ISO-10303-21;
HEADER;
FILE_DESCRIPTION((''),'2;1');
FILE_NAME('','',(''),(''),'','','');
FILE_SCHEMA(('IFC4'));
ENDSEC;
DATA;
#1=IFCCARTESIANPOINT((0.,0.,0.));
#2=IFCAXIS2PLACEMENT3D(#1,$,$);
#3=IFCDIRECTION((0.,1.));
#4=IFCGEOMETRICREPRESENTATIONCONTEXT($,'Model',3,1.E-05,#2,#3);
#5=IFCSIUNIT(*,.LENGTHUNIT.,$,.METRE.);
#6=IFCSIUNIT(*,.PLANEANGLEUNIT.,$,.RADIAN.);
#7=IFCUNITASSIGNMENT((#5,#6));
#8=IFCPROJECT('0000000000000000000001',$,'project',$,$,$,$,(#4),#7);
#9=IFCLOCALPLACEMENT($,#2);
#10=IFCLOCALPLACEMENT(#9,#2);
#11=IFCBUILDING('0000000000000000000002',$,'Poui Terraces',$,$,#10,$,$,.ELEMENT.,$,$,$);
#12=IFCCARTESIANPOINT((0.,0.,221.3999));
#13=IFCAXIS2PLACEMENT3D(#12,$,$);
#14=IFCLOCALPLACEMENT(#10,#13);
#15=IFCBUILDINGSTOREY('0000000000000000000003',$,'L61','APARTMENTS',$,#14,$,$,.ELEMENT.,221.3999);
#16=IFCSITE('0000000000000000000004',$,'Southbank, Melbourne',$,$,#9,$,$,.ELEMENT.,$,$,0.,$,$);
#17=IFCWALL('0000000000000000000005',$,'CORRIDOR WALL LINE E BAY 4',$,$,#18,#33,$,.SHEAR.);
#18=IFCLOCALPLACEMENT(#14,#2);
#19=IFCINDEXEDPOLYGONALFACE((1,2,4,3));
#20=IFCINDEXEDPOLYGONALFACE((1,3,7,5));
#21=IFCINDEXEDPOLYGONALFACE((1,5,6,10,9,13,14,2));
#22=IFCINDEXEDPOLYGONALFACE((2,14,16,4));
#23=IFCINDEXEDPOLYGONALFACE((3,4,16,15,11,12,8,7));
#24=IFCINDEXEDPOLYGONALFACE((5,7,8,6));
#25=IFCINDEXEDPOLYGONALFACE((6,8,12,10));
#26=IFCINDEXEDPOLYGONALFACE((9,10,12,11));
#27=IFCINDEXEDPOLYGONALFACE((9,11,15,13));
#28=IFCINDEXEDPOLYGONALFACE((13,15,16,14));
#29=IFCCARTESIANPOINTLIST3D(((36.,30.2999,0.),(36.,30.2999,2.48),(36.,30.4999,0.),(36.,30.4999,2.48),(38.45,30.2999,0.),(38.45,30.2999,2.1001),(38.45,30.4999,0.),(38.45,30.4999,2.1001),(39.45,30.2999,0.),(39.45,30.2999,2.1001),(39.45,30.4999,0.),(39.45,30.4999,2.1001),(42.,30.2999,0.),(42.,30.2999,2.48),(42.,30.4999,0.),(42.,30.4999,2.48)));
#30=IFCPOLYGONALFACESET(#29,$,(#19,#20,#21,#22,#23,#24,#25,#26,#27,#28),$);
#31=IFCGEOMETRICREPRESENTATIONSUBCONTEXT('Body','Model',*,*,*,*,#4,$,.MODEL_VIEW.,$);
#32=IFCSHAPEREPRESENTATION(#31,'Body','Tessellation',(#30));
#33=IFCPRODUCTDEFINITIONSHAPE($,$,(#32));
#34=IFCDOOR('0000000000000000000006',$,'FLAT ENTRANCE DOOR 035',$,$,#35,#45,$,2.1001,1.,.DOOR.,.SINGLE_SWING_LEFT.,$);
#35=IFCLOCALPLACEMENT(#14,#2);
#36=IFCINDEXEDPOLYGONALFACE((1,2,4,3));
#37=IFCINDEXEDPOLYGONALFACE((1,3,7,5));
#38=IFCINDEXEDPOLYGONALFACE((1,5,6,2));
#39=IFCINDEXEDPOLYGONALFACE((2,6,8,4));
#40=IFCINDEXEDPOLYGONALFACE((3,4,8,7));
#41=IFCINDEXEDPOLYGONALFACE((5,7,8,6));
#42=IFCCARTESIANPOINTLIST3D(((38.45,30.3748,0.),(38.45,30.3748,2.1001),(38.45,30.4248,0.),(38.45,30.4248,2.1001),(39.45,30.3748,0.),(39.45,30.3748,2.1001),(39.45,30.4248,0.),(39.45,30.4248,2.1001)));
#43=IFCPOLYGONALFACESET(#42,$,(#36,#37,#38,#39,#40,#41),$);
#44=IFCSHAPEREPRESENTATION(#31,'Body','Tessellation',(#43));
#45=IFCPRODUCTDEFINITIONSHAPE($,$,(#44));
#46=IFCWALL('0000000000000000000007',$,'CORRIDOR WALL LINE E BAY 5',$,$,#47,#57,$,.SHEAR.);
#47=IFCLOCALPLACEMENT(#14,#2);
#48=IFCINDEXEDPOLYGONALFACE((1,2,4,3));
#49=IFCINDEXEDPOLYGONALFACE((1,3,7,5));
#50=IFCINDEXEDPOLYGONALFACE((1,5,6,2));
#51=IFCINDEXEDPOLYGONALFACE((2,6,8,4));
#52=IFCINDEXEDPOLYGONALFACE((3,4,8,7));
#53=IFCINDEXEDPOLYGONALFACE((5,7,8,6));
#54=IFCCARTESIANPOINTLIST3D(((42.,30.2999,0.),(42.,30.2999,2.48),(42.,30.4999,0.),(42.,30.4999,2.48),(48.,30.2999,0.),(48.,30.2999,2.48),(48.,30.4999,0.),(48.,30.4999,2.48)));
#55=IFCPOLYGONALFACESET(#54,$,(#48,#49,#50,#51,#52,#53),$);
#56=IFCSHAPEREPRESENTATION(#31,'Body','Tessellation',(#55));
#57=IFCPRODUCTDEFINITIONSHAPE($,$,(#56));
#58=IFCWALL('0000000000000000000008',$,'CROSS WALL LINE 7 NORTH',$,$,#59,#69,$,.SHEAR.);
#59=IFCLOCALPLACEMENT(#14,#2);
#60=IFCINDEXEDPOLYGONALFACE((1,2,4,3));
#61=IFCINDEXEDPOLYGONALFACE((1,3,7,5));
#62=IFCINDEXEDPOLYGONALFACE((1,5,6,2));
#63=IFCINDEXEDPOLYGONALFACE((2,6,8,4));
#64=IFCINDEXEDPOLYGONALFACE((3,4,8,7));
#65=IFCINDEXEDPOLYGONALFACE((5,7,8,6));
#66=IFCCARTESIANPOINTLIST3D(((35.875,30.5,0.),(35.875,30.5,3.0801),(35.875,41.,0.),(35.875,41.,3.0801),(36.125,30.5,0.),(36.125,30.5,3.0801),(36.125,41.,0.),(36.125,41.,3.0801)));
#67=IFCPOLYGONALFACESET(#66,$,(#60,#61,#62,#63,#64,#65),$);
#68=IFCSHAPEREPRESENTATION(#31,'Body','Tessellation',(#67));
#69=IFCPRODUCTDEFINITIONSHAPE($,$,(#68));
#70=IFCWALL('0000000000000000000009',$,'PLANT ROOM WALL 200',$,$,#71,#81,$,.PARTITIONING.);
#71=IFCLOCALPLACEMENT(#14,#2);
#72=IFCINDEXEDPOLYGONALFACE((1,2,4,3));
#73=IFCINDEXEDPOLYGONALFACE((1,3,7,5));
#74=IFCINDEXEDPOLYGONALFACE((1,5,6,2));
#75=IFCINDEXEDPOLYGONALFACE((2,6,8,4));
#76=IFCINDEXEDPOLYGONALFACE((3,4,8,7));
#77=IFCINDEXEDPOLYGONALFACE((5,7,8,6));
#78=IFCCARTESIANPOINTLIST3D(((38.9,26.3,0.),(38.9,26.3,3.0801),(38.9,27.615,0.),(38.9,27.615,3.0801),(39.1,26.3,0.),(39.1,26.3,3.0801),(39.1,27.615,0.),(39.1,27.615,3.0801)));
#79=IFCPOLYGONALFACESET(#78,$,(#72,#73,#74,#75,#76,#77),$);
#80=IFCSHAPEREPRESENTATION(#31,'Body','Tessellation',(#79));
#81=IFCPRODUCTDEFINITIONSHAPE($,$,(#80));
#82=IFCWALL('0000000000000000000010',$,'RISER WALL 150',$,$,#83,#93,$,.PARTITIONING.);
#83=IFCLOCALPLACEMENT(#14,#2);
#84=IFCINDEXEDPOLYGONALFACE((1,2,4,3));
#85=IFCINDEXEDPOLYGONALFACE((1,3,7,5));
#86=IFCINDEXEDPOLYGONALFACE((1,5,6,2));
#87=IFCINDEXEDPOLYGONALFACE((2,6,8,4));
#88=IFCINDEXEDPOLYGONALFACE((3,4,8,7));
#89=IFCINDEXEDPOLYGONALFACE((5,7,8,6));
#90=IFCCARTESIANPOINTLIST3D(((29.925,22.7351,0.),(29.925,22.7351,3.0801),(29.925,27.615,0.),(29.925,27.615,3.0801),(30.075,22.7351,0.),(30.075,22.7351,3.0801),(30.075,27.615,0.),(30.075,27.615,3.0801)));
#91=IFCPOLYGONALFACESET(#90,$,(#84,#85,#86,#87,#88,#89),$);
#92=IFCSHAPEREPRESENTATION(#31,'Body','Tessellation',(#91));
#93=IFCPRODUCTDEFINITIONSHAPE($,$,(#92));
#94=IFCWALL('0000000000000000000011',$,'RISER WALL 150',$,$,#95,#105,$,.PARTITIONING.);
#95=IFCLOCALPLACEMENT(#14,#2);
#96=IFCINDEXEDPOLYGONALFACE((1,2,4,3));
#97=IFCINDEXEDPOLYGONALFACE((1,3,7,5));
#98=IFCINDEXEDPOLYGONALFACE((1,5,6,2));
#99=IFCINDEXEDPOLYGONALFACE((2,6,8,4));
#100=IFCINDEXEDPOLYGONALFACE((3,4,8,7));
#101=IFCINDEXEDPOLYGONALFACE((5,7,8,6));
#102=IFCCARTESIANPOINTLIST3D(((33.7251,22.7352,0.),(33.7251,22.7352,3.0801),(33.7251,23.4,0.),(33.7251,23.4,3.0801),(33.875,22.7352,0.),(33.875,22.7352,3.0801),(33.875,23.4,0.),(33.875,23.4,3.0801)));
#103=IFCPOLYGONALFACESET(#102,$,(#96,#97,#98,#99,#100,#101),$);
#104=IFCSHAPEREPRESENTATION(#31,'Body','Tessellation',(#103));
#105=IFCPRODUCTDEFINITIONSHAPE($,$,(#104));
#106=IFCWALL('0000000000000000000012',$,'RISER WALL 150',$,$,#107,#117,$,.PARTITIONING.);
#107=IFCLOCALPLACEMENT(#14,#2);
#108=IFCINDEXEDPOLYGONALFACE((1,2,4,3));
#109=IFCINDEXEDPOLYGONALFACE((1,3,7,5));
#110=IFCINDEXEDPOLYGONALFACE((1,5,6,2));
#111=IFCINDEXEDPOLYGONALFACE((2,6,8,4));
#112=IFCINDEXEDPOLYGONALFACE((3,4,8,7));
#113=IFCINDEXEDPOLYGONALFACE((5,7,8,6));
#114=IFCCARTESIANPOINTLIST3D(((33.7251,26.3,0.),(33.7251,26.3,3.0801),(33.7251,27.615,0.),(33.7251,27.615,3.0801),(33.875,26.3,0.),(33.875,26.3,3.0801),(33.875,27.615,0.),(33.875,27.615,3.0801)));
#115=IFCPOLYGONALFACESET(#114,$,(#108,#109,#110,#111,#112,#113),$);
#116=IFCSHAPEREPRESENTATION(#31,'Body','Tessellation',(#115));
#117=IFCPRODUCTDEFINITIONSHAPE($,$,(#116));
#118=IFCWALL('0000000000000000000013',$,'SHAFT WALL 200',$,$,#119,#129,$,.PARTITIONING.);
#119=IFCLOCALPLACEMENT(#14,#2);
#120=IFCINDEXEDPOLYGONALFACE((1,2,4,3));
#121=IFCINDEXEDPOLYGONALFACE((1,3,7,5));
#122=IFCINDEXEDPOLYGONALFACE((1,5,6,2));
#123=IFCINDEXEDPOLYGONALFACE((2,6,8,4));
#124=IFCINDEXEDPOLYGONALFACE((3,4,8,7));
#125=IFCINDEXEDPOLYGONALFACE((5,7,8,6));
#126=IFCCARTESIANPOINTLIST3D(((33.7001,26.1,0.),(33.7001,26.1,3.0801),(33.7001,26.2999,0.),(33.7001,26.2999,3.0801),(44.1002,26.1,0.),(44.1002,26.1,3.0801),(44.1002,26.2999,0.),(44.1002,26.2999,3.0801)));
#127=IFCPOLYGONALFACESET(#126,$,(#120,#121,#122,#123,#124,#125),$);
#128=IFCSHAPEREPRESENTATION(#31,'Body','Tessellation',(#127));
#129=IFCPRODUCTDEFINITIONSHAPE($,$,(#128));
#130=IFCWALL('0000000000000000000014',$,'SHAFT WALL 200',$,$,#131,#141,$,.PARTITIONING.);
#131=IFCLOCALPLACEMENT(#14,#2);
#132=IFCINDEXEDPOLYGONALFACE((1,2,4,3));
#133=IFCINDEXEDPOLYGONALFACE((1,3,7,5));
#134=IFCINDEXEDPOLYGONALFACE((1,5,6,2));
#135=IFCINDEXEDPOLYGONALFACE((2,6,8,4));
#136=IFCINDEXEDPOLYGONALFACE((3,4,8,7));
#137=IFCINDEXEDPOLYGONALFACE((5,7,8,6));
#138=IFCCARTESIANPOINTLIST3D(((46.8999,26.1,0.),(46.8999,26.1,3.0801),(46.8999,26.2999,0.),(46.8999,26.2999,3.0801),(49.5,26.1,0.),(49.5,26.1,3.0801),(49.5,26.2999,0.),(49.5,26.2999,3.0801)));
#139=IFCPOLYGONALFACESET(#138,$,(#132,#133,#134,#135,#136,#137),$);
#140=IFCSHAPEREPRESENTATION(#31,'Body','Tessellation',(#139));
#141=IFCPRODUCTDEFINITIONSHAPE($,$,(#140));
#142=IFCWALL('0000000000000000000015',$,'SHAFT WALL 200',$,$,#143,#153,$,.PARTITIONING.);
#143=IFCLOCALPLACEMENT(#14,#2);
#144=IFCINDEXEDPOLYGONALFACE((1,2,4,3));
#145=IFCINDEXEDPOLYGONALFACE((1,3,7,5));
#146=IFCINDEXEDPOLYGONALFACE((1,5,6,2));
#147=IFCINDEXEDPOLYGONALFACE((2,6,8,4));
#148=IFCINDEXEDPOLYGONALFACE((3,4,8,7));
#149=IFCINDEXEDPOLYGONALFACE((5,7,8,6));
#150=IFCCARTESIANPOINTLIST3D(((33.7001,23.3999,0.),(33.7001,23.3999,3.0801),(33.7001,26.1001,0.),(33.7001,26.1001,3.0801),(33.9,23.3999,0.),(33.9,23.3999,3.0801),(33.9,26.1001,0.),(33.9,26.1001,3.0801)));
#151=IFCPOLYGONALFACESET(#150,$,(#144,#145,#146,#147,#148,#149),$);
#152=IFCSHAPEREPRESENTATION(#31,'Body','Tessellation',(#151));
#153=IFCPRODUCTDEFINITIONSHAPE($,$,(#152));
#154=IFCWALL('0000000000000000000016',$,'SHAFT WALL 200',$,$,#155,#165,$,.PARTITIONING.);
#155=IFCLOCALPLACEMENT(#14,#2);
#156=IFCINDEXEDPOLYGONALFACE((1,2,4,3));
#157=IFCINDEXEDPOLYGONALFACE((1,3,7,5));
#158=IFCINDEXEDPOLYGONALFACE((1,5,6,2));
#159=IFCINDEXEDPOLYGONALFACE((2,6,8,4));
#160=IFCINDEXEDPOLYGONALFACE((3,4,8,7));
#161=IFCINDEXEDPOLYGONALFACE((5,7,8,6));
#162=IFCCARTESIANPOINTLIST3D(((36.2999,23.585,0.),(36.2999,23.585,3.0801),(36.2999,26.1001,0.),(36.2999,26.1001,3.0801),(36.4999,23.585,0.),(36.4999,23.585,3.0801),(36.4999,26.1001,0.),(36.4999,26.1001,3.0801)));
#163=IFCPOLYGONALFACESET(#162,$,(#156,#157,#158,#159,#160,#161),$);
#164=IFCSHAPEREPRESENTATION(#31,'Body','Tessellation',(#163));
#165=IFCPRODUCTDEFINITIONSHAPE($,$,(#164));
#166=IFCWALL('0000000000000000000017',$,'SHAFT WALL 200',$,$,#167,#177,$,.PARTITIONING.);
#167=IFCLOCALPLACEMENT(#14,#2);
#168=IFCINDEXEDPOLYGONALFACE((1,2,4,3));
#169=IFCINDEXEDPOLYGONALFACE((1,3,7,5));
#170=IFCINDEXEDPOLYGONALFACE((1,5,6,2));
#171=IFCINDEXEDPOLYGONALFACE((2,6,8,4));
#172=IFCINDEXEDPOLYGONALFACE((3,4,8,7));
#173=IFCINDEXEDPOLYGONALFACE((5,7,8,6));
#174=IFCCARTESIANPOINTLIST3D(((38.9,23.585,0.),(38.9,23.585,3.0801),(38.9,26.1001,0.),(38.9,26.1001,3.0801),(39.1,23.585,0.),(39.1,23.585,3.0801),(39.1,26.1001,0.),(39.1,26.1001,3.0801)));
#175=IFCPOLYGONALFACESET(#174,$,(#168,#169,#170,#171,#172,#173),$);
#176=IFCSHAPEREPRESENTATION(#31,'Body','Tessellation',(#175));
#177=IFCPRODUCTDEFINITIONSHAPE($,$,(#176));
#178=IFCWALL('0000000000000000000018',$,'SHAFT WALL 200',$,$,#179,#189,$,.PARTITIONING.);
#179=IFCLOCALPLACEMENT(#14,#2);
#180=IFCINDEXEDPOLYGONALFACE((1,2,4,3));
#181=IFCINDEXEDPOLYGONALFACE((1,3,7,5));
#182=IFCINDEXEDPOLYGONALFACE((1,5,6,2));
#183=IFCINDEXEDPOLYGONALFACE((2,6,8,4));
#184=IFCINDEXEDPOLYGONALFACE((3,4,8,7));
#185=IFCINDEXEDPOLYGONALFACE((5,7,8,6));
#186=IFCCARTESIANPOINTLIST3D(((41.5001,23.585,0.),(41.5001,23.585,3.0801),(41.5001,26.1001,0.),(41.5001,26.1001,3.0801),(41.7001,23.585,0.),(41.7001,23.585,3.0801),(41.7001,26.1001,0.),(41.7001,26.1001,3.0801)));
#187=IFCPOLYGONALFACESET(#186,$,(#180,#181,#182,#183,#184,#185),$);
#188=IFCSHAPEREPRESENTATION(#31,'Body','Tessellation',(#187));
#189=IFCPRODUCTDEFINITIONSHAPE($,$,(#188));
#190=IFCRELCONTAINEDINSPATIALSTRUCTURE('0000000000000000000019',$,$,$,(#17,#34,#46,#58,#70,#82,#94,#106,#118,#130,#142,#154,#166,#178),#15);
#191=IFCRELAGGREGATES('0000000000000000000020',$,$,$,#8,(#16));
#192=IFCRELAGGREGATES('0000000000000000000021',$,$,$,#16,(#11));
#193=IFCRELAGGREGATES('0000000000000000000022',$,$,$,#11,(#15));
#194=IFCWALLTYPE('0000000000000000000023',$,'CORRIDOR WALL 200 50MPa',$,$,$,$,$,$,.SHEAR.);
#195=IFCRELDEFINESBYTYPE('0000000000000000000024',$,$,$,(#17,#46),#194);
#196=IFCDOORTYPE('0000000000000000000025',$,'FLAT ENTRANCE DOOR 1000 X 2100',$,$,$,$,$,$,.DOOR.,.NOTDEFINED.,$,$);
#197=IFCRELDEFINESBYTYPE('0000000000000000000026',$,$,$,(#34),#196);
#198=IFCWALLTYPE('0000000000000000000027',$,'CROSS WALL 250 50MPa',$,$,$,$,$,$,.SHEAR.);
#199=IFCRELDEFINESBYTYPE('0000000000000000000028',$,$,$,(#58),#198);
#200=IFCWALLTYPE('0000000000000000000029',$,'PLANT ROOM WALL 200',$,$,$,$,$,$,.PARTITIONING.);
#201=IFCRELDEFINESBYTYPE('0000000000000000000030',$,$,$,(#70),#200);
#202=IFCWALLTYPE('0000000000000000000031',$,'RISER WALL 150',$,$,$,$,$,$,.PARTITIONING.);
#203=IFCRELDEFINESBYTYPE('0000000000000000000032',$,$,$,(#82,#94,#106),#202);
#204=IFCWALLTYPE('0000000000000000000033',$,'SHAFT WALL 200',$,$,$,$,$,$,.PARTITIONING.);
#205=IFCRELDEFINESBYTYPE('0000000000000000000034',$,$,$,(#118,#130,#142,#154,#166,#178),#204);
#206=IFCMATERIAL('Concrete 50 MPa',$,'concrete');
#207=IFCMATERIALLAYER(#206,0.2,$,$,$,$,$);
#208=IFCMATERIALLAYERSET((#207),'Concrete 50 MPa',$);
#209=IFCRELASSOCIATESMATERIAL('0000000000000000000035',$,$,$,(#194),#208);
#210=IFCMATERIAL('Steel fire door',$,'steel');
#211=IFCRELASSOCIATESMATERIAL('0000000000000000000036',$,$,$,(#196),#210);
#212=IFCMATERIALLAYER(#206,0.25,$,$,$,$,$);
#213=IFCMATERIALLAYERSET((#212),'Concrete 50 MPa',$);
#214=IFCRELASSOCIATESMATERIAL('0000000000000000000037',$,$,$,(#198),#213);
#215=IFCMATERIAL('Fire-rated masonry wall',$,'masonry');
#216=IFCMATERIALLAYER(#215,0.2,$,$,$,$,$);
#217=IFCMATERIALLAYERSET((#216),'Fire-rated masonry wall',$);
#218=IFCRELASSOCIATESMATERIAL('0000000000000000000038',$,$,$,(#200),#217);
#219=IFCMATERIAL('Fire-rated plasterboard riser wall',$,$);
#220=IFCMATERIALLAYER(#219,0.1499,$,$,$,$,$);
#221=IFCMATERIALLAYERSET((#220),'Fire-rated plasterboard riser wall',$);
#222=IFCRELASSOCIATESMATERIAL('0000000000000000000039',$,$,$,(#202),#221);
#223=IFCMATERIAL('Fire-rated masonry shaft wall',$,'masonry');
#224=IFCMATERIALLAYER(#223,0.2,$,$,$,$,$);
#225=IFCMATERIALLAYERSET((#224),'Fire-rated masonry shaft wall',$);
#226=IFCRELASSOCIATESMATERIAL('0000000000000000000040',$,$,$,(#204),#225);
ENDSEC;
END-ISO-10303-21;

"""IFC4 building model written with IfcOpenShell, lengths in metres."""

from ifc_helpers import new_model, si_unit, direction, frame, frame_2d, origin, place, context, subcontext, project, spatial, rectangle, extrude, material, layer, layer_set, type_object, element, fill, save


model = new_model("IFC4")

# Units and contexts
model_context = context("Model", 3, precision=1e-05, world=origin(), true_north=direction((0.0, 1.0)))
body_context = subcontext(model_context, "Body", "Model", "MODEL_VIEW")
ifc_project = project(units=[si_unit("LENGTHUNIT", "METRE"), si_unit("PLANEANGLEUNIT", "RADIAN")], contexts=[model_context])

# Site, building, storey
site_placement = place(None, origin())
site = spatial("IfcSite", under=ifc_project, at=site_placement, Name="Southbank, Melbourne", CompositionType="ELEMENT", RefElevation=0.0)
building_placement = place(site_placement, origin())
building = spatial("IfcBuilding", under=site, at=building_placement, Name="Poui Terraces", CompositionType="ELEMENT")
storey_placement = place(building_placement, frame((0.0, 0.0, 221.3999)))
storey = spatial("IfcBuildingStorey", under=building, at=storey_placement, Name="L61", Description="APARTMENTS", CompositionType="ELEMENT", Elevation=221.3999)

# Shared definitions
ifc_material_1 = material(Name="Concrete 50 MPa", Category="concrete")

# Shared definitions
ifc_material_2 = material(Name="Steel fire door", Category="steel")

# Wall, opening, door
ifc_layer_1 = layer(ifc_material_1, 0.2)
ifc_layer_set_1 = layer_set([ifc_layer_1], Name="Concrete 50 MPa")
wall_type_1 = type_object("IfcWallType", Name="CORRIDOR WALL 200 50MPa", PredefinedType="SHEAR", material=ifc_layer_set_1)
wall_1_placement = place(storey_placement, frame((36.0, 30.3999, 0.0), z_axis=(0.0, 0.0, 1.0), x_axis=(1.0, 0.0, 0.0)))
wall_1 = element("IfcWall", 1, at=wall_1_placement, inside=storey, type_object=wall_type_1, Name="CORRIDOR WALL LINE E BAY 4", PredefinedType="SHEAR", context=body_context, shape_type="SweptSolid", body=[
    extrude(rectangle(XDim=6.0, YDim=0.2, at=frame_2d((3.0, 0.0))), origin(), (0.0, 0.0, 1.0), 2.48),
])
opening_1_placement = place(wall_1_placement, frame((2.45, 0.0, 0.0)))
opening_1 = element("IfcOpeningElement", 2, at=opening_1_placement, cuts=wall_1, PredefinedType="OPENING", context=body_context, shape_type="SweptSolid", body=[
    extrude(rectangle(XDim=1.0, YDim=2.1001, at=frame_2d((0.5, 1.05))), frame((0.0, 0.1099, 0.0), z_axis=(0.0, -1.0, 0.0), x_axis=(1.0, 0.0, 0.0)), (0.0, 0.0, 1.0), 0.22),
])
door_type_1 = type_object("IfcDoorType", Name="FLAT ENTRANCE DOOR 1000 X 2100", OperationType="NOTDEFINED", PredefinedType="DOOR", material=ifc_material_2)
door_1_placement = place(opening_1_placement, origin())
door_1 = element("IfcDoor", 3, at=door_1_placement, inside=storey, type_object=door_type_1, Name="FLAT ENTRANCE DOOR 035", OperationType="SINGLE_SWING_LEFT", OverallHeight=2.1001, OverallWidth=1.0, PredefinedType="DOOR", context=body_context, shape_type="SweptSolid", body=[
    extrude(rectangle(XDim=1.0, YDim=2.1001, at=frame_2d((0.5, 1.05))), frame((0.0, 0.0249, 0.0), z_axis=(0.0, -1.0, 0.0), x_axis=(1.0, 0.0, 0.0)), (0.0, 0.0, 1.0), 0.05),
])
fill(opening_1, door_1)

# Walls
wall_2_placement = place(storey_placement, frame((42.0, 30.3999, 0.0), z_axis=(0.0, 0.0, 1.0), x_axis=(1.0, 0.0, 0.0)))
element("IfcWall", 4, at=wall_2_placement, inside=storey, type_object=wall_type_1, Name="CORRIDOR WALL LINE E BAY 5", PredefinedType="SHEAR", context=body_context, shape_type="SweptSolid", body=[
    extrude(rectangle(XDim=6.0, YDim=0.2, at=frame_2d((3.0, 0.0))), origin(), (0.0, 0.0, 1.0), 2.48),
])
ifc_layer_2 = layer(ifc_material_1, 0.25)
ifc_layer_set_2 = layer_set([ifc_layer_2], Name="Concrete 50 MPa")
wall_type_2 = type_object("IfcWallType", Name="CROSS WALL 250 50MPa", PredefinedType="SHEAR", material=ifc_layer_set_2)
wall_3_placement = place(storey_placement, frame((36.0, 30.5, 0.0), z_axis=(0.0, 0.0, 1.0), x_axis=(0.0, 1.0, 0.0)))
element("IfcWall", 5, at=wall_3_placement, inside=storey, type_object=wall_type_2, Name="CROSS WALL LINE 7 NORTH", PredefinedType="SHEAR", context=body_context, shape_type="SweptSolid", body=[
    extrude(rectangle(XDim=10.5, YDim=0.25, at=frame_2d((5.25, 0.0))), origin(), (0.0, 0.0, 1.0), 3.0801),
])
ifc_material_3 = material(Name="Fire-rated masonry wall", Category="masonry")
ifc_layer_3 = layer(ifc_material_3, 0.2)
ifc_layer_set_3 = layer_set([ifc_layer_3], Name="Fire-rated masonry wall")
wall_type_3 = type_object("IfcWallType", Name="PLANT ROOM WALL 200", PredefinedType="PARTITIONING", material=ifc_layer_set_3)
wall_4_placement = place(storey_placement, frame((39.0, 26.3, 0.0), z_axis=(0.0, 0.0, 1.0), x_axis=(0.0, 1.0, 0.0)))
element("IfcWall", 6, at=wall_4_placement, inside=storey, type_object=wall_type_3, Name="PLANT ROOM WALL 200", PredefinedType="PARTITIONING", context=body_context, shape_type="SweptSolid", body=[
    extrude(rectangle(XDim=1.3149, YDim=0.2, at=frame_2d((0.6575, 0.0))), origin(), (0.0, 0.0, 1.0), 3.0801),
])
ifc_material_4 = material(Name="Fire-rated plasterboard riser wall")
ifc_layer_4 = layer(ifc_material_4, 0.1499)
ifc_layer_set_4 = layer_set([ifc_layer_4], Name="Fire-rated plasterboard riser wall")
wall_type_4 = type_object("IfcWallType", Name="RISER WALL 150", PredefinedType="PARTITIONING", material=ifc_layer_set_4)
wall_5_placement = place(storey_placement, frame((30.0, 22.7351, 0.0), z_axis=(0.0, 0.0, 1.0), x_axis=(0.0, 1.0, 0.0)))
element("IfcWall", 7, at=wall_5_placement, inside=storey, type_object=wall_type_4, Name="RISER WALL 150", PredefinedType="PARTITIONING", context=body_context, shape_type="SweptSolid", body=[
    extrude(rectangle(XDim=4.8799, YDim=0.1499, at=frame_2d((2.4399, 0.0))), origin(), (0.0, 0.0, 1.0), 3.0801),
])
wall_6_placement = place(storey_placement, frame((33.8, 22.7351, 0.0), z_axis=(0.0, 0.0, 1.0), x_axis=(0.0, 1.0, 0.0)))
element("IfcWall", 8, at=wall_6_placement, inside=storey, type_object=wall_type_4, Name="RISER WALL 150", PredefinedType="PARTITIONING", context=body_context, shape_type="SweptSolid", body=[
    extrude(rectangle(XDim=0.6648, YDim=0.1499, at=frame_2d((0.3325, 0.0))), origin(), (0.0, 0.0, 1.0), 3.0801),
])
wall_7_placement = place(storey_placement, frame((33.8, 26.3, 0.0), z_axis=(0.0, 0.0, 1.0), x_axis=(0.0, 1.0, 0.0)))
element("IfcWall", 9, at=wall_7_placement, inside=storey, type_object=wall_type_4, Name="RISER WALL 150", PredefinedType="PARTITIONING", context=body_context, shape_type="SweptSolid", body=[
    extrude(rectangle(XDim=1.3149, YDim=0.1499, at=frame_2d((0.6575, 0.0))), origin(), (0.0, 0.0, 1.0), 3.0801),
])
ifc_material_5 = material(Name="Fire-rated masonry shaft wall", Category="masonry")
ifc_layer_5 = layer(ifc_material_5, 0.2)
ifc_layer_set_5 = layer_set([ifc_layer_5], Name="Fire-rated masonry shaft wall")
wall_type_5 = type_object("IfcWallType", Name="SHAFT WALL 200", PredefinedType="PARTITIONING", material=ifc_layer_set_5)
wall_8_placement = place(storey_placement, frame((33.7, 26.2, 0.0), z_axis=(0.0, 0.0, 1.0), x_axis=(1.0, 0.0, 0.0)))
element("IfcWall", 10, at=wall_8_placement, inside=storey, type_object=wall_type_5, Name="SHAFT WALL 200", PredefinedType="PARTITIONING", context=body_context, shape_type="SweptSolid", body=[
    extrude(rectangle(XDim=10.4001, YDim=0.2, at=frame_2d((5.2002, 0.0))), origin(), (0.0, 0.0, 1.0), 3.0801),
])
wall_9_placement = place(storey_placement, frame((46.8999, 26.2, 0.0), z_axis=(0.0, 0.0, 1.0), x_axis=(1.0, 0.0, 0.0)))
element("IfcWall", 11, at=wall_9_placement, inside=storey, type_object=wall_type_5, Name="SHAFT WALL 200", PredefinedType="PARTITIONING", context=body_context, shape_type="SweptSolid", body=[
    extrude(rectangle(XDim=2.6001, YDim=0.2, at=frame_2d((1.3, 0.0))), origin(), (0.0, 0.0, 1.0), 3.0801),
])
wall_10_placement = place(storey_placement, frame((33.8, 23.3999, 0.0), z_axis=(0.0, 0.0, 1.0), x_axis=(0.0, 1.0, 0.0)))
element("IfcWall", 12, at=wall_10_placement, inside=storey, type_object=wall_type_5, Name="SHAFT WALL 200", PredefinedType="PARTITIONING", context=body_context, shape_type="SweptSolid", body=[
    extrude(rectangle(XDim=2.7002, YDim=0.2, at=frame_2d((1.3501, 0.0))), origin(), (0.0, 0.0, 1.0), 3.0801),
])
for number, where, z_axis, x_axis, name in (
    (13, (36.3999, 23.585, 0.0), (0.0, 0.0, 1.0), (0.0, 1.0, 0.0), "SHAFT WALL 200"),
    (14, (39.0, 23.585, 0.0), (0.0, 0.0, 1.0), (0.0, 1.0, 0.0), "SHAFT WALL 200"),
    (15, (41.6001, 23.585, 0.0), (0.0, 0.0, 1.0), (0.0, 1.0, 0.0), "SHAFT WALL 200"),
):
    element("IfcWall", number, at=place(storey_placement, frame(where, z_axis=z_axis, x_axis=x_axis)), inside=storey, type_object=wall_type_5, Name=name, PredefinedType="PARTITIONING", context=body_context, shape_type="SweptSolid", body=[
        extrude(rectangle(XDim=2.5151, YDim=0.2, at=frame_2d((1.2576, 0.0))), origin(), (0.0, 0.0, 1.0), 3.0801),
    ])

save(model, "model.ifc")
